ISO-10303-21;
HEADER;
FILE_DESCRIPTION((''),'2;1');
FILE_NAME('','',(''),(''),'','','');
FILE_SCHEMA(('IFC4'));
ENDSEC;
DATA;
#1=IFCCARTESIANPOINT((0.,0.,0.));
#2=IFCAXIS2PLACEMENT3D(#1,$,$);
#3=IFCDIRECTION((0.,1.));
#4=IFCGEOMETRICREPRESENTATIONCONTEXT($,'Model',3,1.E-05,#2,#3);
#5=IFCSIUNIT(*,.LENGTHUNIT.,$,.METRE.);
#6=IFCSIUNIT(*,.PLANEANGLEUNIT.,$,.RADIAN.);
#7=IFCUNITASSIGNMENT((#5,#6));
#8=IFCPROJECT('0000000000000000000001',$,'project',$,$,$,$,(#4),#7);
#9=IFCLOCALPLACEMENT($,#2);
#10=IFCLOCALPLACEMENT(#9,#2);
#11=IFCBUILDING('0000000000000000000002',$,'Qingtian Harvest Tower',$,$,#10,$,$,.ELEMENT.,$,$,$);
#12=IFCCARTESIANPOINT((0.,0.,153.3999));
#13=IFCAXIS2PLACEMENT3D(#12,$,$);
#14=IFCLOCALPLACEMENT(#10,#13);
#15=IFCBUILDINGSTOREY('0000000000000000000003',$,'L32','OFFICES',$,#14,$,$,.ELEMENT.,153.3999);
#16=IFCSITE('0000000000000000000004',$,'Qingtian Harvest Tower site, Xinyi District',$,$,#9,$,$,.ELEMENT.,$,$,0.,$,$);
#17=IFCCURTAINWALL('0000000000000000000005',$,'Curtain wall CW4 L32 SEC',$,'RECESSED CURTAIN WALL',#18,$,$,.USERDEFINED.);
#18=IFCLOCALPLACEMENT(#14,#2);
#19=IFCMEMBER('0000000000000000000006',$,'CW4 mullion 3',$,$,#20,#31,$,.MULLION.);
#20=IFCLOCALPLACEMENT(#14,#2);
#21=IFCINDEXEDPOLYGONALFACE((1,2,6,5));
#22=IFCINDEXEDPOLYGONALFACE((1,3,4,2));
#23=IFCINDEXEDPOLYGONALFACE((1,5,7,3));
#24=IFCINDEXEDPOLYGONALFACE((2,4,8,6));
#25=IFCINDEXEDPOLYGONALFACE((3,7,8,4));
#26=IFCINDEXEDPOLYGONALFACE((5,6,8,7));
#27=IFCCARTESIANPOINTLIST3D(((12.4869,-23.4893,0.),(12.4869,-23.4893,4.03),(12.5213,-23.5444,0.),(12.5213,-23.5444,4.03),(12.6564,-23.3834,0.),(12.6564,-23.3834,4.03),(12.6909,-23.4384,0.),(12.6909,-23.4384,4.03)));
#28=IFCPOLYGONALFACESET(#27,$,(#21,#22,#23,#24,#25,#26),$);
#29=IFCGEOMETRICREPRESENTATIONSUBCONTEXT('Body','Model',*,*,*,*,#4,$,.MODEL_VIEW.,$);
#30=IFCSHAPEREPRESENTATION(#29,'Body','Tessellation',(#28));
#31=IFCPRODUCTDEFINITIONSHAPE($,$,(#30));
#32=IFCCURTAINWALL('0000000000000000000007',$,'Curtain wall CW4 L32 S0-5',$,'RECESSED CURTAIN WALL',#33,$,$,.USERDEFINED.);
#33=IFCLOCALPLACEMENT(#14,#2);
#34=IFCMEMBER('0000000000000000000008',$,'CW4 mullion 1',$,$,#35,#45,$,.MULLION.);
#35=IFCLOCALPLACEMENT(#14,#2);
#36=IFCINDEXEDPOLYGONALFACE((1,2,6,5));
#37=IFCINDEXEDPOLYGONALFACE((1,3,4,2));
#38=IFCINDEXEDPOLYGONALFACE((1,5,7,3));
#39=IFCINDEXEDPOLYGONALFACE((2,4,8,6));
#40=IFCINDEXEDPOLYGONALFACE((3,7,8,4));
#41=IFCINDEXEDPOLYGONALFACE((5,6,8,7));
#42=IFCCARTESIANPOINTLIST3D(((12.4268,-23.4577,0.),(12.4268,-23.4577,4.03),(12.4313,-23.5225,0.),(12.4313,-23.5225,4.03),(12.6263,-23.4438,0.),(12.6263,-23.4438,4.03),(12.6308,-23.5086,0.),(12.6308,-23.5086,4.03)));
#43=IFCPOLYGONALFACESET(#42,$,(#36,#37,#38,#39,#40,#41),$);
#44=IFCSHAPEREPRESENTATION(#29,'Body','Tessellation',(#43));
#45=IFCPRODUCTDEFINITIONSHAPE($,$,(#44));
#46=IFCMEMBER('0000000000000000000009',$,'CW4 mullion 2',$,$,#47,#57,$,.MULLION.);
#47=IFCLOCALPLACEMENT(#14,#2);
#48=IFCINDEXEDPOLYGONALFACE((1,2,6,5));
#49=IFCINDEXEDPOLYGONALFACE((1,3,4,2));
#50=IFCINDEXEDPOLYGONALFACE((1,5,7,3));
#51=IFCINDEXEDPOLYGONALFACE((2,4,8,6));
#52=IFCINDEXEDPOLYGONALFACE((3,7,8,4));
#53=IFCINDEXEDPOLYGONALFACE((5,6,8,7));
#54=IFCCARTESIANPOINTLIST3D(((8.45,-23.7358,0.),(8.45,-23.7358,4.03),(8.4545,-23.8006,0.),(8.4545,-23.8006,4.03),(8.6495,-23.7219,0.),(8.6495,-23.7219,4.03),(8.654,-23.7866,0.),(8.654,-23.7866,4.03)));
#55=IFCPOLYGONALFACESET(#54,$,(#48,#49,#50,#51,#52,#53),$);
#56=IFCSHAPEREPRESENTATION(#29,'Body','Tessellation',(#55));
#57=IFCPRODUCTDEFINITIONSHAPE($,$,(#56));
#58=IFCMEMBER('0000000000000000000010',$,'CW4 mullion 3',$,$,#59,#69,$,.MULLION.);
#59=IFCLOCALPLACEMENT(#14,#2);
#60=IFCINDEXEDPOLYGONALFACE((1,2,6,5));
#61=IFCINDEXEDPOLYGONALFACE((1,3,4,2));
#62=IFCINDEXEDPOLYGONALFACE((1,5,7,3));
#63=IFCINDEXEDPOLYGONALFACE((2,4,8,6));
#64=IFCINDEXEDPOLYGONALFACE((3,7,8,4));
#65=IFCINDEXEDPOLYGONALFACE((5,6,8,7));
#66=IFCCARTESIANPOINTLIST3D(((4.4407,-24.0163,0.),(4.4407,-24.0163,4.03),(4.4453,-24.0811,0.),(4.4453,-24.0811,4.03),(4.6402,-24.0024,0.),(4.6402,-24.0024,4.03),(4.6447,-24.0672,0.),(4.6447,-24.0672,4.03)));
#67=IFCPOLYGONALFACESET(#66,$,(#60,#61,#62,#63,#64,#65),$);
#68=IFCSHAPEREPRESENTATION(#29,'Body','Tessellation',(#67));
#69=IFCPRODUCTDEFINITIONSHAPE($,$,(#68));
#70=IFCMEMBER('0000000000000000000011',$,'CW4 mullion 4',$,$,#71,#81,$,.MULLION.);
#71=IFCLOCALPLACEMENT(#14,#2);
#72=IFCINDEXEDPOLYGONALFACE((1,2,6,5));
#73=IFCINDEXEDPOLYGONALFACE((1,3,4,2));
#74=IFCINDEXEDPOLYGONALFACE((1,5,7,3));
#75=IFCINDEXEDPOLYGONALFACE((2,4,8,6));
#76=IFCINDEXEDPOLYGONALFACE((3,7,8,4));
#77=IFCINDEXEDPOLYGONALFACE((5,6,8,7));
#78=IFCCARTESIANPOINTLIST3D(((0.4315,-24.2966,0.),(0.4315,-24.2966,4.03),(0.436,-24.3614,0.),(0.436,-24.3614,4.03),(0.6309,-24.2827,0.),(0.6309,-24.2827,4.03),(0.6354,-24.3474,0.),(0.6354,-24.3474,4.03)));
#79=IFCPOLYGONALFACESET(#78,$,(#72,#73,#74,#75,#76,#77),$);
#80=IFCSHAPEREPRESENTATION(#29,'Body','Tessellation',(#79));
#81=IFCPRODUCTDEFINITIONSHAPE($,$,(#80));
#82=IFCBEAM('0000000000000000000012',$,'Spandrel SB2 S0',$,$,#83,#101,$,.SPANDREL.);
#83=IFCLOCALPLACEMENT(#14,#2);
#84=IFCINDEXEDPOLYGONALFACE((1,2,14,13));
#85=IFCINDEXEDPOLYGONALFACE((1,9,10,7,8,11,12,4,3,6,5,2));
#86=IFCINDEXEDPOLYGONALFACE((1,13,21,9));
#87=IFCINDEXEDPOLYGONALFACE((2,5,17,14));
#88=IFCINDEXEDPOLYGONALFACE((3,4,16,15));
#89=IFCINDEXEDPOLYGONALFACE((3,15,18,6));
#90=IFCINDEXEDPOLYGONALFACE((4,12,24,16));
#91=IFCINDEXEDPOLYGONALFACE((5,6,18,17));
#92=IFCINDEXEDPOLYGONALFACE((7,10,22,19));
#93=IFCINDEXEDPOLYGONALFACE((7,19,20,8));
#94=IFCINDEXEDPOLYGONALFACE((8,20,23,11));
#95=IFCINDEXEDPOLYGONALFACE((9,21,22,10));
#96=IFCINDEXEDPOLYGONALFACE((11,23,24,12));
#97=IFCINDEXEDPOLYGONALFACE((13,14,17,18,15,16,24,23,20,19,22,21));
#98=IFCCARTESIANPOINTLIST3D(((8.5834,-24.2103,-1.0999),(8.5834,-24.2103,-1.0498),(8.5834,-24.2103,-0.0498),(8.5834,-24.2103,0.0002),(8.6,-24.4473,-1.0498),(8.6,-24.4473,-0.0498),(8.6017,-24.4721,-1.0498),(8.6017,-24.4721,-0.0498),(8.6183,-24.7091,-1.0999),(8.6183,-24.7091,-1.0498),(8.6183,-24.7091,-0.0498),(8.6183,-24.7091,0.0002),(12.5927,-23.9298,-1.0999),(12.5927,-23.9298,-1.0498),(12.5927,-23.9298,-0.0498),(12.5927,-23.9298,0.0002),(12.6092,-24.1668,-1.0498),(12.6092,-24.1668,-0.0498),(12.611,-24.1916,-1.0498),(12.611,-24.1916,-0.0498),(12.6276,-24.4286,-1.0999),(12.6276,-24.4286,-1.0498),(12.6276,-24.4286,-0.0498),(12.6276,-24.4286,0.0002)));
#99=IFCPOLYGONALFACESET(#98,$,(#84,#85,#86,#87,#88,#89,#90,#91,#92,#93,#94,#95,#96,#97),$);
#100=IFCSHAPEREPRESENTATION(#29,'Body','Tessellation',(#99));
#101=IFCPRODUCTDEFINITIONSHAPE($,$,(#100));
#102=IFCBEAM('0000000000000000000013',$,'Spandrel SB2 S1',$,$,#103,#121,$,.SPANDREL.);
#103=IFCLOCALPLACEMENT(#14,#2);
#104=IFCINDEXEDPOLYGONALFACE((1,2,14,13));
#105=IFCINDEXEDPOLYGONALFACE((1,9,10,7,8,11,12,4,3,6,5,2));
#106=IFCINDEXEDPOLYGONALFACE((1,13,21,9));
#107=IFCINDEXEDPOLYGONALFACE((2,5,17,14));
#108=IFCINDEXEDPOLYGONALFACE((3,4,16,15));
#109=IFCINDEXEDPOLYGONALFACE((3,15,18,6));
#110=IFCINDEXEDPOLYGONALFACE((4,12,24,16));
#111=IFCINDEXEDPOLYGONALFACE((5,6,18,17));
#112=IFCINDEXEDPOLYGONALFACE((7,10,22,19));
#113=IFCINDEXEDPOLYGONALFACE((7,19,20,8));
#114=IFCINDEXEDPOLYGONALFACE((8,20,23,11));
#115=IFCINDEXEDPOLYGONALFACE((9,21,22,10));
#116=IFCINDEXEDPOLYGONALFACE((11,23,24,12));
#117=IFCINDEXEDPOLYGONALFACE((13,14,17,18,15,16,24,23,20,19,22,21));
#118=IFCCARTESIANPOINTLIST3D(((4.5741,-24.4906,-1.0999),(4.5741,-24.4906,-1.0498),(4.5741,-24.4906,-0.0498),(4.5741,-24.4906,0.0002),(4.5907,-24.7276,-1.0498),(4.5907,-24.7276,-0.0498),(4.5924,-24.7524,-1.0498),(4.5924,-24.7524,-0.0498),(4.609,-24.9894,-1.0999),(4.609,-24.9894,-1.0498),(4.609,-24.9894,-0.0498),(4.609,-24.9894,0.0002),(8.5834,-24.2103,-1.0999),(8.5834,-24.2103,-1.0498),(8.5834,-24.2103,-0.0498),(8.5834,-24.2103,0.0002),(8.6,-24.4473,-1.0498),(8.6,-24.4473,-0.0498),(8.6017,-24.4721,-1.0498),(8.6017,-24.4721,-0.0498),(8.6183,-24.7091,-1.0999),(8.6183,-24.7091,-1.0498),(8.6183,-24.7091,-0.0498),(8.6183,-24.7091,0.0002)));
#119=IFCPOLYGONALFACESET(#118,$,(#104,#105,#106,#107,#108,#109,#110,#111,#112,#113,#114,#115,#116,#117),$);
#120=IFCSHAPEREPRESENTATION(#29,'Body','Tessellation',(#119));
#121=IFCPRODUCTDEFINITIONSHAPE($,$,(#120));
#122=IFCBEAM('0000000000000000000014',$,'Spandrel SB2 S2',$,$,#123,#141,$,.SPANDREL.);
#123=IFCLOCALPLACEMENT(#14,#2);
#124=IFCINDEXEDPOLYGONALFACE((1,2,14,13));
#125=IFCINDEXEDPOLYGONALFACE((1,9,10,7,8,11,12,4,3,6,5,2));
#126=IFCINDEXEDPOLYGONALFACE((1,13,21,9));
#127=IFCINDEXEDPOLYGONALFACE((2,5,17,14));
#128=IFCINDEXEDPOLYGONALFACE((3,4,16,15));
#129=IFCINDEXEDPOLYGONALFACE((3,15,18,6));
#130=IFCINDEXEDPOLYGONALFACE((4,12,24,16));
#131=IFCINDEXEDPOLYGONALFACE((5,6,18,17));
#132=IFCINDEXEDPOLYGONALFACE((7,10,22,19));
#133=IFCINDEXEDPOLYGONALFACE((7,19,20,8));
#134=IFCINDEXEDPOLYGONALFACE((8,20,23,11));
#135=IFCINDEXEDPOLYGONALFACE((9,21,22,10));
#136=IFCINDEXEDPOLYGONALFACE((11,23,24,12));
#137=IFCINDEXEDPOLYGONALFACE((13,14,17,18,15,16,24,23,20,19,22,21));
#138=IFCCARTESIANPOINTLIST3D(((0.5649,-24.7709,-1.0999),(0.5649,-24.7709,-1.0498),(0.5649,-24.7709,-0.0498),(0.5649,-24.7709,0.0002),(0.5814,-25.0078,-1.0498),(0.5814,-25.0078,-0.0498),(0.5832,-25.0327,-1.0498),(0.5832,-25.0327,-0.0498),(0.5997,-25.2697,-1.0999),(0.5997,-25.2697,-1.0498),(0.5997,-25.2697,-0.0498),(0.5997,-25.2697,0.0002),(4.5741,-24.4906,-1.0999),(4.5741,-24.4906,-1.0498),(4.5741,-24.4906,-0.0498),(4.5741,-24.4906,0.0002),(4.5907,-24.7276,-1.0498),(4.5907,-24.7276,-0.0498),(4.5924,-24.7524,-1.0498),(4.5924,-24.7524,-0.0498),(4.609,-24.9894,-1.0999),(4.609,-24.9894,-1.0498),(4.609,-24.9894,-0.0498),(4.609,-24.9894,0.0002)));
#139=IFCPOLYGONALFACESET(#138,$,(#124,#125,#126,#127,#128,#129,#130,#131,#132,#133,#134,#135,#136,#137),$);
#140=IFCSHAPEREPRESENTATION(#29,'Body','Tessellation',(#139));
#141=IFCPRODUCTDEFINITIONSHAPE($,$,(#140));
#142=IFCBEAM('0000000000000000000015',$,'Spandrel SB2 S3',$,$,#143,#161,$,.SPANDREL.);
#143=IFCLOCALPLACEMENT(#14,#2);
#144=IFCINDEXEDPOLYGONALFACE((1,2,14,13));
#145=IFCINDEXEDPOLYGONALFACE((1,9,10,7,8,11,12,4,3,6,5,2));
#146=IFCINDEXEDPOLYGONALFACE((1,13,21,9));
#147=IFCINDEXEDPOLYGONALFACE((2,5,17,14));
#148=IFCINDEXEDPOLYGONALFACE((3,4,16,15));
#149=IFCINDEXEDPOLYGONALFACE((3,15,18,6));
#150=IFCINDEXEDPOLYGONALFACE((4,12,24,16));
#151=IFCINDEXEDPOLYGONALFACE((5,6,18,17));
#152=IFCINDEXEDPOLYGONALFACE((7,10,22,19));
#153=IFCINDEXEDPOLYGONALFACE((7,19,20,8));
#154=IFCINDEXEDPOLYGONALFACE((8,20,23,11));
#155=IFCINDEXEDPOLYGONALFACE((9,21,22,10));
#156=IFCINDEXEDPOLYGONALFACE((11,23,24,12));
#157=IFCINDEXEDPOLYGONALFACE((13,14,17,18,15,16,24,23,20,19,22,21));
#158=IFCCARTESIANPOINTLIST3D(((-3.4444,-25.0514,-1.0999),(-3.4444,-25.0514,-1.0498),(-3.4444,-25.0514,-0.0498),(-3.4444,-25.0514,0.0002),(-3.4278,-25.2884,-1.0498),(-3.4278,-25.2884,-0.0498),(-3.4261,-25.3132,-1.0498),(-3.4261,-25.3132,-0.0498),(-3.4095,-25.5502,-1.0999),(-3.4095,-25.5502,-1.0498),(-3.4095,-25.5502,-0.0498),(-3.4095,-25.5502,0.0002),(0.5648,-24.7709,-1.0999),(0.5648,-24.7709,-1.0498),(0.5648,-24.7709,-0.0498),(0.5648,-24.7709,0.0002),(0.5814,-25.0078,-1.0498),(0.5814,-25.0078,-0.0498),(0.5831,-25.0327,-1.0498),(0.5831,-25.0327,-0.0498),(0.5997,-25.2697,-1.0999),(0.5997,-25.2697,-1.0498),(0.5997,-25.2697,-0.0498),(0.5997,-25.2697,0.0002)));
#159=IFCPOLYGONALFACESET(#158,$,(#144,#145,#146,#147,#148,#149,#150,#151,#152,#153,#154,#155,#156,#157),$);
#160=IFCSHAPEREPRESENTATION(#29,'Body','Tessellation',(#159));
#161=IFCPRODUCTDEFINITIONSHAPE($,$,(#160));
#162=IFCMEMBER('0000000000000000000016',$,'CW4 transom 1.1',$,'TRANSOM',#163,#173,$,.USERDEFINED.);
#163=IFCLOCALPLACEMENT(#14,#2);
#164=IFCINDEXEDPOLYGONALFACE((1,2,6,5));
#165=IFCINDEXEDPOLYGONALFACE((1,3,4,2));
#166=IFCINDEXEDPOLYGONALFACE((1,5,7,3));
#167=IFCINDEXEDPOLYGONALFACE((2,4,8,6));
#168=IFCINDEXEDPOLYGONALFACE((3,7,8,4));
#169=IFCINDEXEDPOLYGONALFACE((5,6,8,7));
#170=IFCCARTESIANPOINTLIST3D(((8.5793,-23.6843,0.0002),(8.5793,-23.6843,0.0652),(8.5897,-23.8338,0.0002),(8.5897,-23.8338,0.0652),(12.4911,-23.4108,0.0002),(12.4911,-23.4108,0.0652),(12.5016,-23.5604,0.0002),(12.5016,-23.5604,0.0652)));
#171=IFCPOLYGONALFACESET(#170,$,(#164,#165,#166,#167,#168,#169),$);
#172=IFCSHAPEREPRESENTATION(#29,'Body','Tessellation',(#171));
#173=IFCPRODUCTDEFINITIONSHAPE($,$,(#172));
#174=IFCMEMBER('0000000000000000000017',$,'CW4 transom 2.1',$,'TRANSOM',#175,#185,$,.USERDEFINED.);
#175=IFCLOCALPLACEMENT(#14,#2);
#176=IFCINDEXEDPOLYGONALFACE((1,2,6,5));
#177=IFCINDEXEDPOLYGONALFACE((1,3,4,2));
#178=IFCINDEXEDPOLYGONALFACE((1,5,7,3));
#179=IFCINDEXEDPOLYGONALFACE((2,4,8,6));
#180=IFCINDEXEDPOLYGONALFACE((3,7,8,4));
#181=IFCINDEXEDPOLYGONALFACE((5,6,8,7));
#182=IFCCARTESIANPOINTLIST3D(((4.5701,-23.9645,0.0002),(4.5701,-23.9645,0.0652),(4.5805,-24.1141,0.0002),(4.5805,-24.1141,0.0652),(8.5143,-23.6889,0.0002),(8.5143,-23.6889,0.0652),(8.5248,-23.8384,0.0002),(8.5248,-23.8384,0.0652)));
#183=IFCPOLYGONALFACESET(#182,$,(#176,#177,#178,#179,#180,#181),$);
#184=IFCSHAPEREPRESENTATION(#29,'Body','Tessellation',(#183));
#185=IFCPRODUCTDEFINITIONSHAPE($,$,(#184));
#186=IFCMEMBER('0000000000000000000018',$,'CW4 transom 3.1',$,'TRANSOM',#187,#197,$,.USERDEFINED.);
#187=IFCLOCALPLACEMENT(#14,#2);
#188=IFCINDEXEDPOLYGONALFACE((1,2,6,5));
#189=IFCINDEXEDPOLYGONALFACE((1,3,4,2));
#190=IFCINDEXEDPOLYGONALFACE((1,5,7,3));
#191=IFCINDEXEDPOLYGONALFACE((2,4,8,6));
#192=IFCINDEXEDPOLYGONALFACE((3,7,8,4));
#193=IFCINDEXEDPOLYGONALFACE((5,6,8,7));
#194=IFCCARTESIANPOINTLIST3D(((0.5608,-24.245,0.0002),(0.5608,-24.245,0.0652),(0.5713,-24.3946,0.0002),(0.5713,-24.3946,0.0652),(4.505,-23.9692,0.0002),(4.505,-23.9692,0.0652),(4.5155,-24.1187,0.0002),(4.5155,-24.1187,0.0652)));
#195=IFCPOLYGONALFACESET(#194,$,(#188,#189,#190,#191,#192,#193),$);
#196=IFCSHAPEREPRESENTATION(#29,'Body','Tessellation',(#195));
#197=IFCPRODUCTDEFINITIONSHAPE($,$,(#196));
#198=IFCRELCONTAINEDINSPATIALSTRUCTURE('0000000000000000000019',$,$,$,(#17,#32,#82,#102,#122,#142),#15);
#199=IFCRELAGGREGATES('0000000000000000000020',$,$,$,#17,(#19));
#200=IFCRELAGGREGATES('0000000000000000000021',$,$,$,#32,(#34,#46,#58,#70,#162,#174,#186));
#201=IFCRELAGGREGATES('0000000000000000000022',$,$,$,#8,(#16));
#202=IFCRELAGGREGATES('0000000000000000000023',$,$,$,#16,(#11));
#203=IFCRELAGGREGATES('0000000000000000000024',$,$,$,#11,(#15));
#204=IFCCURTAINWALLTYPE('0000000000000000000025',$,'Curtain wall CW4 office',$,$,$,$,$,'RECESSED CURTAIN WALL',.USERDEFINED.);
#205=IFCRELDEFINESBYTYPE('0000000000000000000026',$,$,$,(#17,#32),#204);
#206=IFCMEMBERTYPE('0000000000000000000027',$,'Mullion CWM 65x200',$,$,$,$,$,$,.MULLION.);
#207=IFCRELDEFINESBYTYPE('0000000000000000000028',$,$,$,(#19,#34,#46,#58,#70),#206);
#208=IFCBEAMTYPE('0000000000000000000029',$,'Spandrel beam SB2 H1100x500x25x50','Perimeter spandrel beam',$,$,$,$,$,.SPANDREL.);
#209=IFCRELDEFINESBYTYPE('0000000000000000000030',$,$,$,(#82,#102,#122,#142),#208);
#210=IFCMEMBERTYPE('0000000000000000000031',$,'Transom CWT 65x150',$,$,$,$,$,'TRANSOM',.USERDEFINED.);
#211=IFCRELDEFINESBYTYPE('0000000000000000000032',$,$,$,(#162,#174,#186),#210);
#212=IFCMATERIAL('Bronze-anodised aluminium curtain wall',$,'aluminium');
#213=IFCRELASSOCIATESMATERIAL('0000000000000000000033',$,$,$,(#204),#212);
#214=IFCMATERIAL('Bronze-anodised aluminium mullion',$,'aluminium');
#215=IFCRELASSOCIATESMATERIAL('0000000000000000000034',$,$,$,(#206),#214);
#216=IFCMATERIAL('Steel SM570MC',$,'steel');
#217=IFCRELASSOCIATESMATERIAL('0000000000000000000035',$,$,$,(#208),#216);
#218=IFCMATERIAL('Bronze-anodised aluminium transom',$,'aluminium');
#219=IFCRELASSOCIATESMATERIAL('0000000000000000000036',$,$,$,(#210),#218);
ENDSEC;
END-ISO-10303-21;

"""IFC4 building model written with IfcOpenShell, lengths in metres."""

from ifc_helpers import new_model, si_unit, direction, frame, origin, origin_2d, place, context, subcontext, project, spatial, rectangle, i_section, extrude, material, material_profile, profile_set, type_object, element, aggregate, save


model = new_model("IFC4")

# Units and contexts
model_context = context("Model", 3, precision=1e-05, world=origin(), true_north=direction((0.0, 1.0)))
body_context = subcontext(model_context, "Body", "Model", "MODEL_VIEW")
ifc_project = project(units=[si_unit("LENGTHUNIT", "METRE"), si_unit("PLANEANGLEUNIT", "RADIAN")], contexts=[model_context])

# Site, building, storey
site_placement = place(None, origin())
site = spatial("IfcSite", under=ifc_project, at=site_placement, Name="Qingtian Harvest Tower site, Xinyi District", CompositionType="ELEMENT", RefElevation=0.0)
building_placement = place(site_placement, origin())
building = spatial("IfcBuilding", under=site, at=building_placement, Name="Qingtian Harvest Tower", CompositionType="ELEMENT")
storey_placement = place(building_placement, frame((0.0, 0.0, 153.3999)))
storey = spatial("IfcBuildingStorey", under=building, at=storey_placement, Name="L32", Description="OFFICES", CompositionType="ELEMENT", Elevation=153.3999)

# Curtain wall, member
ifc_material_1 = material(Name="Bronze-anodised aluminium curtain wall", Category="aluminium")
curtain_wall_type = type_object("IfcCurtainWallType", Name="Curtain wall CW4 office", ElementType="RECESSED CURTAIN WALL", PredefinedType="USERDEFINED", material=ifc_material_1)
curtain_wall_1_placement = place(storey_placement, origin())
curtain_wall_1 = element("IfcCurtainWall", 1, at=curtain_wall_1_placement, inside=storey, type_object=curtain_wall_type, Name="Curtain wall CW4 L32 SEC", ObjectType="RECESSED CURTAIN WALL", PredefinedType="USERDEFINED")
ifc_material_2 = material(Name="Bronze-anodised aluminium mullion", Category="aluminium")
ifc_material_profile_1 = material_profile(ifc_material_2, rectangle(XDim=0.0649, YDim=0.2, at=origin_2d()), Name="AL 65x200")
ifc_profile_set_1 = profile_set([ifc_material_profile_1], Name="Bronze-anodised aluminium mullion")
member_type_1 = type_object("IfcMemberType", Name="Mullion CWM 65x200", PredefinedType="MULLION", material=ifc_profile_set_1)
member_1_placement = place(storey_placement, frame((12.5889, -23.4639, 0.0), z_axis=(0.0, 0.0, 1.0), x_axis=(0.529919, -0.848048, 0.0)))
member_1 = element("IfcMember", 2, at=member_1_placement, type_object=member_type_1, Name="CW4 mullion 3", PredefinedType="MULLION", context=body_context, shape_type="SweptSolid", body=[
    extrude(rectangle(XDim=0.0649, YDim=0.2, at=origin_2d()), origin(), (0.0, 0.0, 1.0), 4.03),
])
aggregate(curtain_wall_1, [member_1])

# Curtain wall, members
curtain_wall_2_placement = place(storey_placement, origin())
curtain_wall_2 = element("IfcCurtainWall", 3, at=curtain_wall_2_placement, inside=storey, type_object=curtain_wall_type, Name="Curtain wall CW4 L32 S0-5", ObjectType="RECESSED CURTAIN WALL", PredefinedType="USERDEFINED")
member_2_placement = place(storey_placement, frame((12.5288, -23.4832, 0.0), z_axis=(0.0, 0.0, 1.0), x_axis=(0.069756, -0.997564, 0.0)))
member_2 = element("IfcMember", 4, at=member_2_placement, type_object=member_type_1, Name="CW4 mullion 1", PredefinedType="MULLION", context=body_context, shape_type="SweptSolid", body=[
    extrude(rectangle(XDim=0.0649, YDim=0.2, at=origin_2d()), origin(), (0.0, 0.0, 1.0), 4.03),
])
member_3_placement = place(storey_placement, frame((8.552, -23.7612, 0.0), z_axis=(0.0, 0.0, 1.0), x_axis=(0.069756, -0.997564, 0.0)))
member_3 = element("IfcMember", 5, at=member_3_placement, type_object=member_type_1, Name="CW4 mullion 2", PredefinedType="MULLION", context=body_context, shape_type="SweptSolid", body=[
    extrude(rectangle(XDim=0.0649, YDim=0.2, at=origin_2d()), origin(), (0.0, 0.0, 1.0), 4.03),
])
member_4_placement = place(storey_placement, frame((4.5427, -24.0417, 0.0), z_axis=(0.0, 0.0, 1.0), x_axis=(0.069756, -0.997564, 0.0)))
member_4 = element("IfcMember", 6, at=member_4_placement, type_object=member_type_1, Name="CW4 mullion 3", PredefinedType="MULLION", context=body_context, shape_type="SweptSolid", body=[
    extrude(rectangle(XDim=0.0649, YDim=0.2, at=origin_2d()), origin(), (0.0, 0.0, 1.0), 4.03),
])
member_5_placement = place(storey_placement, frame((0.5334, -24.322, 0.0), z_axis=(0.0, 0.0, 1.0), x_axis=(0.069756, -0.997564, 0.0)))
member_5 = element("IfcMember", 7, at=member_5_placement, type_object=member_type_1, Name="CW4 mullion 4", PredefinedType="MULLION", context=body_context, shape_type="SweptSolid", body=[
    extrude(rectangle(XDim=0.0649, YDim=0.2, at=origin_2d()), origin(), (0.0, 0.0, 1.0), 4.03),
])

# Beams
ifc_material_3 = material(Name="Steel SM570MC", Category="steel")
ifc_material_profile_2 = material_profile(ifc_material_3, i_section(OverallWidth=0.5, OverallDepth=1.1001, WebThickness=0.0249, FlangeThickness=0.05, at=origin_2d()), Name="H1100x500x25x50")
ifc_profile_set_2 = profile_set([ifc_material_profile_2], Name="Steel SM570MC")
beam_type_1 = type_object("IfcBeamType", Name="Spandrel beam SB2 H1100x500x25x50", Description="Perimeter spandrel beam", PredefinedType="SPANDREL", material=ifc_profile_set_2)
for number, where, z_axis, x_axis, name in (
    (8, (12.6101, -24.1792, -0.5498), (-0.997561, -0.069796, 0.0), (0.069796, -0.997561, 0.0), "Spandrel SB2 S0"),
    (9, (8.6008, -24.4597, -0.5498), (-0.997565, -0.069736, 0.0), (0.069736, -0.997565, 0.0), "Spandrel SB2 S1"),
    (10, (4.5916, -24.74, -0.5498), (-0.997565, -0.069736, 0.0), (0.069736, -0.997565, 0.0), "Spandrel SB2 S2"),
    (11, (0.5823, -25.0203, -0.5498), (-0.997561, -0.069796, 0.0), (0.069796, -0.997561, 0.0), "Spandrel SB2 S3"),
):
    element("IfcBeam", number, at=place(storey_placement, frame(where, z_axis=z_axis, x_axis=x_axis)), inside=storey, type_object=beam_type_1, Name=name, PredefinedType="SPANDREL", context=body_context, shape_type="SweptSolid", body=[
        extrude(i_section(OverallWidth=0.5, OverallDepth=1.1001, WebThickness=0.0249, FlangeThickness=0.05, at=origin_2d()), origin(), (0.0, 0.0, 1.0), 4.019),
    ])

# Members
ifc_material_4 = material(Name="Bronze-anodised aluminium transom", Category="aluminium")
ifc_material_profile_3 = material_profile(ifc_material_4, rectangle(XDim=0.1499, YDim=0.0649, at=origin_2d()), Name="AL 65x150")
ifc_profile_set_3 = profile_set([ifc_material_profile_3], Name="Bronze-anodised aluminium transom")
member_type_2 = type_object("IfcMemberType", Name="Transom CWT 65x150", ElementType="TRANSOM", PredefinedType="USERDEFINED", material=ifc_profile_set_3)
member_6_placement = place(storey_placement, frame((12.4963, -23.4856, 0.0327), z_axis=(-0.997566, -0.069729, 0.0), x_axis=(0.069729, -0.997566, 0.0)))
member_6 = element("IfcMember", 12, at=member_6_placement, type_object=member_type_2, Name="CW4 transom 1.1", ObjectType="TRANSOM", PredefinedType="USERDEFINED", context=body_context, shape_type="SweptSolid", body=[
    extrude(rectangle(XDim=0.1499, YDim=0.0649, at=origin_2d()), origin(), (0.0, 0.0, 1.0), 3.9214),
])
member_7_placement = place(storey_placement, frame((8.5195, -23.7637, 0.0327), z_axis=(-0.997567, -0.069711, 0.0), x_axis=(0.069711, -0.997567, 0.0)))
member_7 = element("IfcMember", 13, at=member_7_placement, type_object=member_type_2, Name="CW4 transom 2.1", ObjectType="TRANSOM", PredefinedType="USERDEFINED", context=body_context, shape_type="SweptSolid", body=[
    extrude(rectangle(XDim=0.1499, YDim=0.0649, at=origin_2d()), origin(), (0.0, 0.0, 1.0), 3.9539),
])
member_8_placement = place(storey_placement, frame((4.5103, -24.0439, 0.0327), z_axis=(-0.997563, -0.069773, 0.0), x_axis=(0.069773, -0.997563, 0.0)))
member_8 = element("IfcMember", 14, at=member_8_placement, type_object=member_type_2, Name="CW4 transom 3.1", ObjectType="TRANSOM", PredefinedType="USERDEFINED", context=body_context, shape_type="SweptSolid", body=[
    extrude(rectangle(XDim=0.1499, YDim=0.0649, at=origin_2d()), origin(), (0.0, 0.0, 1.0), 3.9539),
])

aggregate(curtain_wall_2, [member_2, member_3, member_4, member_5, member_6, member_7, member_8])

save(model, "model.ifc")
